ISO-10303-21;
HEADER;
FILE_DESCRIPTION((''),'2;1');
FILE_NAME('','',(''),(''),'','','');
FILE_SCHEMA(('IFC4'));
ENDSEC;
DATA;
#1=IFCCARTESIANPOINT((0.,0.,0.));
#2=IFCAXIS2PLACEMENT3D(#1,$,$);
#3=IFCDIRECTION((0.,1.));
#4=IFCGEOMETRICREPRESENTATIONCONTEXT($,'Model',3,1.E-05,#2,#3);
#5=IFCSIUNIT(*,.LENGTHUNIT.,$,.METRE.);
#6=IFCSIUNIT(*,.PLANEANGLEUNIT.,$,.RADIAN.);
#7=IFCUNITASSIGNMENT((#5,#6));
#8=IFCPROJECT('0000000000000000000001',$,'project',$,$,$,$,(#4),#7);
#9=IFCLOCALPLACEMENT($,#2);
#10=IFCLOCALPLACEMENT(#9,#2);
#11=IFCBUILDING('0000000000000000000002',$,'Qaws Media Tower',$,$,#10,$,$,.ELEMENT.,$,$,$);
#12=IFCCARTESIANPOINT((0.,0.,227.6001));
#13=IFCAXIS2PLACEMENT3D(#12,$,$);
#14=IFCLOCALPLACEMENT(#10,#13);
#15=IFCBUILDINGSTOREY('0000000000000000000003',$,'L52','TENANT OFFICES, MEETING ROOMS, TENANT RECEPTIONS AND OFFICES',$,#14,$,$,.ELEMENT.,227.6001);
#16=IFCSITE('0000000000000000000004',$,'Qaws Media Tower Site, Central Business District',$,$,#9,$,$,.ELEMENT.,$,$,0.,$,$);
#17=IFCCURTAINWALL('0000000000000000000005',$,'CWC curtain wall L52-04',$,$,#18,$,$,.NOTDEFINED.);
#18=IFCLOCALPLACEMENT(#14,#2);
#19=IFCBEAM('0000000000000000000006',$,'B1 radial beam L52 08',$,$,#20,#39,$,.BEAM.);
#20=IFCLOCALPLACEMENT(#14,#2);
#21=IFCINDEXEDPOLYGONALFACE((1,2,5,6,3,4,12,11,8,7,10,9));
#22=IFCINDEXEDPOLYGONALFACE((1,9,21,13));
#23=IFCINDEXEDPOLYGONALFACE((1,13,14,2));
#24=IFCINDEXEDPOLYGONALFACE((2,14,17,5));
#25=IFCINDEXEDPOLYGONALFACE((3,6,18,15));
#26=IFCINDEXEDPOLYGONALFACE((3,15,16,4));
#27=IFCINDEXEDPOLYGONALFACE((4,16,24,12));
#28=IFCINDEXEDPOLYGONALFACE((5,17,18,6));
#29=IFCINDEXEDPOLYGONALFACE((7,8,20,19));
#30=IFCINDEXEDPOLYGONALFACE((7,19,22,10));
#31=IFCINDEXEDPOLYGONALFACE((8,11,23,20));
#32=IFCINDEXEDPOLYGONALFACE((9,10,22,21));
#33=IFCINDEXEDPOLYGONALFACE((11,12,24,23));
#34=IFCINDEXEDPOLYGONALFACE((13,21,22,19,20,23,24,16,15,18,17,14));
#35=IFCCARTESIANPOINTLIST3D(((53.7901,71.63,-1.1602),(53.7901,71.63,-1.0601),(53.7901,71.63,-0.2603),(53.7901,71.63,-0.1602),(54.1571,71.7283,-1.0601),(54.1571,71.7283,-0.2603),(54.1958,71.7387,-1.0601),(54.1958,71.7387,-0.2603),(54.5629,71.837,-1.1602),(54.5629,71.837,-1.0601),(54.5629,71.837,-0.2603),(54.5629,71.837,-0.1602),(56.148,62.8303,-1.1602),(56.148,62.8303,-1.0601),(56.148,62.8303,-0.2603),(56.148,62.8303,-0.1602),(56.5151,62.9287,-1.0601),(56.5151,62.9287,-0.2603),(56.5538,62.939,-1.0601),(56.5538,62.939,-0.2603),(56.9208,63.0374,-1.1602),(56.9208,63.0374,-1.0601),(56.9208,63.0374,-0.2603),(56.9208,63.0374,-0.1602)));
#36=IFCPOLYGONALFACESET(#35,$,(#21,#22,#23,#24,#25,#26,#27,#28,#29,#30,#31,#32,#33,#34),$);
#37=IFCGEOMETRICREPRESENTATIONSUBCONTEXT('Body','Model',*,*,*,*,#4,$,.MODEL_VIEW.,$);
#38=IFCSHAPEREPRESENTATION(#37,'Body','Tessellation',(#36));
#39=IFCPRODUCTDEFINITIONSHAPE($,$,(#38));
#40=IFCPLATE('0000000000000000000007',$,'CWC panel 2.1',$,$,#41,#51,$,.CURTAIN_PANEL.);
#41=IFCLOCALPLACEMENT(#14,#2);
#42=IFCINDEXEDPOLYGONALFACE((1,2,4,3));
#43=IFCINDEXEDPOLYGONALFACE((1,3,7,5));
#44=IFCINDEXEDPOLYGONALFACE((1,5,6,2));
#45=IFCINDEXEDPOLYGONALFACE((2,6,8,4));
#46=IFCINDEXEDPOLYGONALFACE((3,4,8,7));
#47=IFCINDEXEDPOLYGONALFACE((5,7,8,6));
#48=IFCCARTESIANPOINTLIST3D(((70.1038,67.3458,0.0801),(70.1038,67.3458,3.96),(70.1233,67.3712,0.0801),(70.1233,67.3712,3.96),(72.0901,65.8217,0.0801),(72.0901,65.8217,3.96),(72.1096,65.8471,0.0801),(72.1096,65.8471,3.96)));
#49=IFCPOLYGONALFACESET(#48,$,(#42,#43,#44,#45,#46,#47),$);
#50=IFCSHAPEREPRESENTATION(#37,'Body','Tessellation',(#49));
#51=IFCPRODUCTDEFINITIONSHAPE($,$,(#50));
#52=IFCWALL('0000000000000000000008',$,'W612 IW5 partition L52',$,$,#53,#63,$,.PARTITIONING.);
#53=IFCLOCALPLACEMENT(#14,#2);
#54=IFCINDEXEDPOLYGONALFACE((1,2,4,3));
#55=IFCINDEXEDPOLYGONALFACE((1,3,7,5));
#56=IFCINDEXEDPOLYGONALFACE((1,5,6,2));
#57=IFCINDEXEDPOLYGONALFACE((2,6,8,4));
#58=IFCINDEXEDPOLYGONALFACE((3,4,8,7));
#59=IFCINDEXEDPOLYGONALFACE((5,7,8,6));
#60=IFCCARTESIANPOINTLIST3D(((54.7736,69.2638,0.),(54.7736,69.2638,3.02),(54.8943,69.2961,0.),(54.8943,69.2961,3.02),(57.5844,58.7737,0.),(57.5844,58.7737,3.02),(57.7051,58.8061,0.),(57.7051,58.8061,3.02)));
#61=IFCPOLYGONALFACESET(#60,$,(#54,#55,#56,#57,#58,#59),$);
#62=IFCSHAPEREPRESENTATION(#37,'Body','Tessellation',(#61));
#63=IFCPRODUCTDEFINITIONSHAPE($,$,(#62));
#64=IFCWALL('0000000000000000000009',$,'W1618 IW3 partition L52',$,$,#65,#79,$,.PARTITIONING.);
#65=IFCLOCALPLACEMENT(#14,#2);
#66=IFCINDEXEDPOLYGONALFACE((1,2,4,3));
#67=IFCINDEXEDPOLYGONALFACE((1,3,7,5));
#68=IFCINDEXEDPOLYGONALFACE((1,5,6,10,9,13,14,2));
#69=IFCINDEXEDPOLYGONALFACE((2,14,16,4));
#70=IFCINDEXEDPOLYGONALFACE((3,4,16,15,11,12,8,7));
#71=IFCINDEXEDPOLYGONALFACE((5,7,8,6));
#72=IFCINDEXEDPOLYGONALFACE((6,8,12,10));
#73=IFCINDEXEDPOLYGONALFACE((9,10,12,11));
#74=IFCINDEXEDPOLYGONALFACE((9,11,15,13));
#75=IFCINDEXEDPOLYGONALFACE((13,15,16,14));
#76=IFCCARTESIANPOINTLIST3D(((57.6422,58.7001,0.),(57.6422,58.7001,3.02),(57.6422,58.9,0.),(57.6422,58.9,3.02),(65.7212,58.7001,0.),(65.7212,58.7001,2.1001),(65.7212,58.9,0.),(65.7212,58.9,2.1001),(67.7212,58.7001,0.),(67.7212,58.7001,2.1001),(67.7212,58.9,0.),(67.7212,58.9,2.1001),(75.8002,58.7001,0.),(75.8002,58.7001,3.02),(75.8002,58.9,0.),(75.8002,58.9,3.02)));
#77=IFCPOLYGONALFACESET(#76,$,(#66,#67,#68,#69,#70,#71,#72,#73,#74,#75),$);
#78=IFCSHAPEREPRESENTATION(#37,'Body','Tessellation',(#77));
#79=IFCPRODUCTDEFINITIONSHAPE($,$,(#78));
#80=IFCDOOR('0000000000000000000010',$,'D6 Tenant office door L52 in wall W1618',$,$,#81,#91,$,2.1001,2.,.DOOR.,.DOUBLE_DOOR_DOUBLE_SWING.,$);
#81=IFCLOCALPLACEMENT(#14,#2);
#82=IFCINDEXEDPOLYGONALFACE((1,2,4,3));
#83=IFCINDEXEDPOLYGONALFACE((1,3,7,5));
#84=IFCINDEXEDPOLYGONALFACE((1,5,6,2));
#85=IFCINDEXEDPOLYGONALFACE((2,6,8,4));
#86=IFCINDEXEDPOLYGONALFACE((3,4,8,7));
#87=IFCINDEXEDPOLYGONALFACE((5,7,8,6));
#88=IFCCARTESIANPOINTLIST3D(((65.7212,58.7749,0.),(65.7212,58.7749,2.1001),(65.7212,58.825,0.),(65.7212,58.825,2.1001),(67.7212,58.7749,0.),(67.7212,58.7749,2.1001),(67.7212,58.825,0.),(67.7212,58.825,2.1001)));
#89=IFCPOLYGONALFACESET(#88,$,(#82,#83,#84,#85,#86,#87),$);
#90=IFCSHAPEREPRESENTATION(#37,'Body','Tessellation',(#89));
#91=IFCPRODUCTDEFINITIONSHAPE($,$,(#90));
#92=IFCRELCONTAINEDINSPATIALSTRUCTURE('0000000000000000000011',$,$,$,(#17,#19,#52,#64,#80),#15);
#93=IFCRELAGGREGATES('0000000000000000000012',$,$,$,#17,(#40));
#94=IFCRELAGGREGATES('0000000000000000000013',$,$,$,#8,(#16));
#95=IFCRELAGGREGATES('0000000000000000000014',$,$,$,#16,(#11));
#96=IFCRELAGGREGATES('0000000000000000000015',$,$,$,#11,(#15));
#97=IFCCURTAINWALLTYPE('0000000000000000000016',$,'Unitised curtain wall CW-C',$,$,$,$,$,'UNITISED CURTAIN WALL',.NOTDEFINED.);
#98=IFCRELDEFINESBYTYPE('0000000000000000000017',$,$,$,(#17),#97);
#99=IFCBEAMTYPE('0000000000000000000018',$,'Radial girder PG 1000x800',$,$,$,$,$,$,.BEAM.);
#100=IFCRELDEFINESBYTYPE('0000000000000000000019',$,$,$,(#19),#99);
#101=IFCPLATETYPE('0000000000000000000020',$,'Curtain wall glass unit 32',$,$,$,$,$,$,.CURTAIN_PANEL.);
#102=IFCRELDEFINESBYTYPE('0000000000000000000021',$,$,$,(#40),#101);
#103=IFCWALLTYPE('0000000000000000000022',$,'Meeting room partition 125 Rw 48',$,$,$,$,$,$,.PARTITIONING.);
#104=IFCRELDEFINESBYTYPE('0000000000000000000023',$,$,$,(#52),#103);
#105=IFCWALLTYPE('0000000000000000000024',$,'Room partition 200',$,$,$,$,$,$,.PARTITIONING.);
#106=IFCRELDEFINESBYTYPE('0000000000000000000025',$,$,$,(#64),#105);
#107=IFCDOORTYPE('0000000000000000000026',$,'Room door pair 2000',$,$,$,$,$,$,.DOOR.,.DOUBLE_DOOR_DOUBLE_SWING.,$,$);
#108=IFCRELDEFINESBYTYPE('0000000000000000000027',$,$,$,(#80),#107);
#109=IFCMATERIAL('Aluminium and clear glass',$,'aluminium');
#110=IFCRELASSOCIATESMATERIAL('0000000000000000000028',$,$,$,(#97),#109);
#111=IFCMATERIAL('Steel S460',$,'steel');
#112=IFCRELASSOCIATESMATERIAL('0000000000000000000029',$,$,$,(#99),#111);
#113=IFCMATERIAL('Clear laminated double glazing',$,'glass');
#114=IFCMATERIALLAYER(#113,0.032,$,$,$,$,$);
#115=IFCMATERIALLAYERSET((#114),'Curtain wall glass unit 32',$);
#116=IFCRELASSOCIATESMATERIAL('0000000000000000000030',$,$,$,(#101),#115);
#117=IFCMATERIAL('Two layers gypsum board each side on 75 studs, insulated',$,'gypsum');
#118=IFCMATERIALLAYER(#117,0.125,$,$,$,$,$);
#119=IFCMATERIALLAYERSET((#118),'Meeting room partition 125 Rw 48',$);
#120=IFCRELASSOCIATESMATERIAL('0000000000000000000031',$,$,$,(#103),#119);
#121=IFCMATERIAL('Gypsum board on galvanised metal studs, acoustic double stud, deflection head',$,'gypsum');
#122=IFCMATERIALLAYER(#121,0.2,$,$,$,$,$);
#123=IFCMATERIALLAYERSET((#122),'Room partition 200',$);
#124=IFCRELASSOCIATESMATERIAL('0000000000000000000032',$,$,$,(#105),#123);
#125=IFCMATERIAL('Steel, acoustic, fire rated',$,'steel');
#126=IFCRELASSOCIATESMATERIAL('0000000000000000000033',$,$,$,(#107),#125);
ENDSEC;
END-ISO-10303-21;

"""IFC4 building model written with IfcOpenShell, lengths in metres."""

from ifc_helpers import new_model, si_unit, direction, frame, frame_2d, origin, origin_2d, place, context, subcontext, project, spatial, rectangle, i_section, extrude, material, layer, layer_set, material_profile, profile_set, type_object, element, fill, aggregate, save


model = new_model("IFC4")

# Units and contexts
model_context = context("Model", 3, precision=1e-05, world=origin(), true_north=direction((0.0, 1.0)))
body_context = subcontext(model_context, "Body", "Model", "MODEL_VIEW")
ifc_project = project(units=[si_unit("LENGTHUNIT", "METRE"), si_unit("PLANEANGLEUNIT", "RADIAN")], contexts=[model_context])

# Site, building, storey
site_placement = place(None, origin())
site = spatial("IfcSite", under=ifc_project, at=site_placement, Name="Qaws Media Tower Site, Central Business District", CompositionType="ELEMENT", RefElevation=0.0)
building_placement = place(site_placement, origin())
building = spatial("IfcBuilding", under=site, at=building_placement, Name="Qaws Media Tower", CompositionType="ELEMENT")
storey_placement = place(building_placement, frame((0.0, 0.0, 227.6001)))
storey = spatial("IfcBuildingStorey", under=building, at=storey_placement, Name="L52", Description="TENANT OFFICES, MEETING ROOMS, TENANT RECEPTIONS AND OFFICES", CompositionType="ELEMENT", Elevation=227.6001)

# Curtain wall
ifc_material_1 = material(Name="Aluminium and clear glass", Category="aluminium")
curtain_wall_type = type_object("IfcCurtainWallType", Name="Unitised curtain wall CW-C", ElementType="UNITISED CURTAIN WALL", PredefinedType="NOTDEFINED", material=ifc_material_1)
curtain_wall_1_placement = place(storey_placement, origin())
curtain_wall_1 = element("IfcCurtainWall", 1, at=curtain_wall_1_placement, inside=storey, type_object=curtain_wall_type, Name="CWC curtain wall L52-04", PredefinedType="NOTDEFINED")

# Beam
ifc_material_2 = material(Name="Steel S460", Category="steel")
ifc_material_profile_1 = material_profile(ifc_material_2, i_section(OverallWidth=0.8, OverallDepth=1.0, WebThickness=0.04, FlangeThickness=0.1001, at=origin_2d()), Name="PG 1000x800")
ifc_profile_set_1 = profile_set([ifc_material_profile_1], Name="Steel S460")
beam_type_1 = type_object("IfcBeamType", Name="Radial girder PG 1000x800", PredefinedType="BEAM", material=ifc_profile_set_1)
beam_1_placement = place(storey_placement, frame((56.5344, 62.9338, -0.6602), z_axis=(-0.258827, 0.965924, 0.0), x_axis=(-0.965924, -0.258827, 0.0)))
element("IfcBeam", 2, at=beam_1_placement, inside=storey, type_object=beam_type_1, Name="B1 radial beam L52 08", PredefinedType="BEAM", context=body_context, shape_type="SweptSolid", body=[
    extrude(i_section(OverallWidth=0.8, OverallDepth=1.0, WebThickness=0.04, FlangeThickness=0.1001, at=origin_2d()), origin(), (0.0, 0.0, 1.0), 9.1101),
])

# Plate
ifc_material_3 = material(Name="Clear laminated double glazing", Category="glass")
ifc_layer_1 = layer(ifc_material_3, 0.032)
ifc_layer_set_1 = layer_set([ifc_layer_1], Name="Curtain wall glass unit 32")
plate_type = type_object("IfcPlateType", Name="Curtain wall glass unit 32", PredefinedType="CURTAIN_PANEL", material=ifc_layer_set_1)
plate_placement = place(storey_placement, frame((71.1067, 66.5964, 0.0801), z_axis=(0.0, 0.0, 1.0), x_axis=(-0.793353, 0.608762, 0.0)))
plate = element("IfcPlate", 3, at=plate_placement, type_object=plate_type, Name="CWC panel 2.1", PredefinedType="CURTAIN_PANEL", context=body_context, shape_type="SweptSolid", body=[
    extrude(rectangle(XDim=2.5037, YDim=0.032, at=origin_2d()), origin(), (0.0, 0.0, 1.0), 3.8799),
])
aggregate(curtain_wall_1, [plate])

# Wall
ifc_material_4 = material(Name="Two layers gypsum board each side on 75 studs, insulated", Category="gypsum")
ifc_layer_2 = layer(ifc_material_4, 0.125)
ifc_layer_set_2 = layer_set([ifc_layer_2], Name="Meeting room partition 125 Rw 48")
wall_type_1 = type_object("IfcWallType", Name="Meeting room partition 125 Rw 48", PredefinedType="PARTITIONING", material=ifc_layer_set_2)
wall_1_placement = place(storey_placement, frame((57.6448, 58.7898, 0.0), z_axis=(0.0, 0.0, 1.0), x_axis=(-0.25882, 0.965926, 0.0)))
element("IfcWall", 4, at=wall_1_placement, inside=storey, type_object=wall_type_1, Name="W612 IW5 partition L52", PredefinedType="PARTITIONING", context=body_context, shape_type="SweptSolid", body=[
    extrude(rectangle(XDim=10.8601, YDim=0.125, at=frame_2d((5.4302, 0.0))), origin(), (0.0, 0.0, 1.0), 3.02),
])

# Wall, opening, door
ifc_material_5 = material(Name="Gypsum board on galvanised metal studs, acoustic double stud, deflection head", Category="gypsum")
ifc_layer_3 = layer(ifc_material_5, 0.2)
ifc_layer_set_3 = layer_set([ifc_layer_3], Name="Room partition 200")
wall_type_2 = type_object("IfcWallType", Name="Room partition 200", PredefinedType="PARTITIONING", material=ifc_layer_set_3)
wall_2_placement = place(storey_placement, frame((57.6421, 58.8, 0.0), z_axis=(0.0, 0.0, 1.0), x_axis=(1.0, 0.0, 0.0)))
wall_2 = element("IfcWall", 5, at=wall_2_placement, inside=storey, type_object=wall_type_2, Name="W1618 IW3 partition L52", PredefinedType="PARTITIONING", context=body_context, shape_type="SweptSolid", body=[
    extrude(rectangle(XDim=18.158, YDim=0.2, at=frame_2d((9.0791, 0.0))), origin(), (0.0, 0.0, 1.0), 3.02),
])
opening_placement = place(wall_2_placement, frame((8.0791, 0.0, 0.0)))
opening = element("IfcOpeningElement", 6, at=opening_placement, cuts=wall_2, PredefinedType="OPENING", context=body_context, shape_type="SweptSolid", body=[
    extrude(rectangle(XDim=2.0, YDim=2.1001, at=frame_2d((1.0, 1.05))), frame((0.0, 0.1099, 0.0), z_axis=(0.0, -1.0, 0.0), x_axis=(1.0, 0.0, 0.0)), (0.0, 0.0, 1.0), 0.22),
])
ifc_material_6 = material(Name="Steel, acoustic, fire rated", Category="steel")
door_type = type_object("IfcDoorType", Name="Room door pair 2000", OperationType="DOUBLE_DOOR_DOUBLE_SWING", PredefinedType="DOOR", material=ifc_material_6)
door_placement = place(opening_placement, origin())
door = element("IfcDoor", 7, at=door_placement, inside=storey, type_object=door_type, Name="D6 Tenant office door L52 in wall W1618", OperationType="DOUBLE_DOOR_DOUBLE_SWING", OverallHeight=2.1001, OverallWidth=2.0, PredefinedType="DOOR", context=body_context, shape_type="SweptSolid", body=[
    extrude(rectangle(XDim=2.0, YDim=2.1001, at=frame_2d((1.0, 1.05))), frame((0.0, 0.0249, 0.0), z_axis=(0.0, -1.0, 0.0), x_axis=(1.0, 0.0, 0.0)), (0.0, 0.0, 1.0), 0.05),
])
fill(opening, door)

save(model, "model.ifc")
